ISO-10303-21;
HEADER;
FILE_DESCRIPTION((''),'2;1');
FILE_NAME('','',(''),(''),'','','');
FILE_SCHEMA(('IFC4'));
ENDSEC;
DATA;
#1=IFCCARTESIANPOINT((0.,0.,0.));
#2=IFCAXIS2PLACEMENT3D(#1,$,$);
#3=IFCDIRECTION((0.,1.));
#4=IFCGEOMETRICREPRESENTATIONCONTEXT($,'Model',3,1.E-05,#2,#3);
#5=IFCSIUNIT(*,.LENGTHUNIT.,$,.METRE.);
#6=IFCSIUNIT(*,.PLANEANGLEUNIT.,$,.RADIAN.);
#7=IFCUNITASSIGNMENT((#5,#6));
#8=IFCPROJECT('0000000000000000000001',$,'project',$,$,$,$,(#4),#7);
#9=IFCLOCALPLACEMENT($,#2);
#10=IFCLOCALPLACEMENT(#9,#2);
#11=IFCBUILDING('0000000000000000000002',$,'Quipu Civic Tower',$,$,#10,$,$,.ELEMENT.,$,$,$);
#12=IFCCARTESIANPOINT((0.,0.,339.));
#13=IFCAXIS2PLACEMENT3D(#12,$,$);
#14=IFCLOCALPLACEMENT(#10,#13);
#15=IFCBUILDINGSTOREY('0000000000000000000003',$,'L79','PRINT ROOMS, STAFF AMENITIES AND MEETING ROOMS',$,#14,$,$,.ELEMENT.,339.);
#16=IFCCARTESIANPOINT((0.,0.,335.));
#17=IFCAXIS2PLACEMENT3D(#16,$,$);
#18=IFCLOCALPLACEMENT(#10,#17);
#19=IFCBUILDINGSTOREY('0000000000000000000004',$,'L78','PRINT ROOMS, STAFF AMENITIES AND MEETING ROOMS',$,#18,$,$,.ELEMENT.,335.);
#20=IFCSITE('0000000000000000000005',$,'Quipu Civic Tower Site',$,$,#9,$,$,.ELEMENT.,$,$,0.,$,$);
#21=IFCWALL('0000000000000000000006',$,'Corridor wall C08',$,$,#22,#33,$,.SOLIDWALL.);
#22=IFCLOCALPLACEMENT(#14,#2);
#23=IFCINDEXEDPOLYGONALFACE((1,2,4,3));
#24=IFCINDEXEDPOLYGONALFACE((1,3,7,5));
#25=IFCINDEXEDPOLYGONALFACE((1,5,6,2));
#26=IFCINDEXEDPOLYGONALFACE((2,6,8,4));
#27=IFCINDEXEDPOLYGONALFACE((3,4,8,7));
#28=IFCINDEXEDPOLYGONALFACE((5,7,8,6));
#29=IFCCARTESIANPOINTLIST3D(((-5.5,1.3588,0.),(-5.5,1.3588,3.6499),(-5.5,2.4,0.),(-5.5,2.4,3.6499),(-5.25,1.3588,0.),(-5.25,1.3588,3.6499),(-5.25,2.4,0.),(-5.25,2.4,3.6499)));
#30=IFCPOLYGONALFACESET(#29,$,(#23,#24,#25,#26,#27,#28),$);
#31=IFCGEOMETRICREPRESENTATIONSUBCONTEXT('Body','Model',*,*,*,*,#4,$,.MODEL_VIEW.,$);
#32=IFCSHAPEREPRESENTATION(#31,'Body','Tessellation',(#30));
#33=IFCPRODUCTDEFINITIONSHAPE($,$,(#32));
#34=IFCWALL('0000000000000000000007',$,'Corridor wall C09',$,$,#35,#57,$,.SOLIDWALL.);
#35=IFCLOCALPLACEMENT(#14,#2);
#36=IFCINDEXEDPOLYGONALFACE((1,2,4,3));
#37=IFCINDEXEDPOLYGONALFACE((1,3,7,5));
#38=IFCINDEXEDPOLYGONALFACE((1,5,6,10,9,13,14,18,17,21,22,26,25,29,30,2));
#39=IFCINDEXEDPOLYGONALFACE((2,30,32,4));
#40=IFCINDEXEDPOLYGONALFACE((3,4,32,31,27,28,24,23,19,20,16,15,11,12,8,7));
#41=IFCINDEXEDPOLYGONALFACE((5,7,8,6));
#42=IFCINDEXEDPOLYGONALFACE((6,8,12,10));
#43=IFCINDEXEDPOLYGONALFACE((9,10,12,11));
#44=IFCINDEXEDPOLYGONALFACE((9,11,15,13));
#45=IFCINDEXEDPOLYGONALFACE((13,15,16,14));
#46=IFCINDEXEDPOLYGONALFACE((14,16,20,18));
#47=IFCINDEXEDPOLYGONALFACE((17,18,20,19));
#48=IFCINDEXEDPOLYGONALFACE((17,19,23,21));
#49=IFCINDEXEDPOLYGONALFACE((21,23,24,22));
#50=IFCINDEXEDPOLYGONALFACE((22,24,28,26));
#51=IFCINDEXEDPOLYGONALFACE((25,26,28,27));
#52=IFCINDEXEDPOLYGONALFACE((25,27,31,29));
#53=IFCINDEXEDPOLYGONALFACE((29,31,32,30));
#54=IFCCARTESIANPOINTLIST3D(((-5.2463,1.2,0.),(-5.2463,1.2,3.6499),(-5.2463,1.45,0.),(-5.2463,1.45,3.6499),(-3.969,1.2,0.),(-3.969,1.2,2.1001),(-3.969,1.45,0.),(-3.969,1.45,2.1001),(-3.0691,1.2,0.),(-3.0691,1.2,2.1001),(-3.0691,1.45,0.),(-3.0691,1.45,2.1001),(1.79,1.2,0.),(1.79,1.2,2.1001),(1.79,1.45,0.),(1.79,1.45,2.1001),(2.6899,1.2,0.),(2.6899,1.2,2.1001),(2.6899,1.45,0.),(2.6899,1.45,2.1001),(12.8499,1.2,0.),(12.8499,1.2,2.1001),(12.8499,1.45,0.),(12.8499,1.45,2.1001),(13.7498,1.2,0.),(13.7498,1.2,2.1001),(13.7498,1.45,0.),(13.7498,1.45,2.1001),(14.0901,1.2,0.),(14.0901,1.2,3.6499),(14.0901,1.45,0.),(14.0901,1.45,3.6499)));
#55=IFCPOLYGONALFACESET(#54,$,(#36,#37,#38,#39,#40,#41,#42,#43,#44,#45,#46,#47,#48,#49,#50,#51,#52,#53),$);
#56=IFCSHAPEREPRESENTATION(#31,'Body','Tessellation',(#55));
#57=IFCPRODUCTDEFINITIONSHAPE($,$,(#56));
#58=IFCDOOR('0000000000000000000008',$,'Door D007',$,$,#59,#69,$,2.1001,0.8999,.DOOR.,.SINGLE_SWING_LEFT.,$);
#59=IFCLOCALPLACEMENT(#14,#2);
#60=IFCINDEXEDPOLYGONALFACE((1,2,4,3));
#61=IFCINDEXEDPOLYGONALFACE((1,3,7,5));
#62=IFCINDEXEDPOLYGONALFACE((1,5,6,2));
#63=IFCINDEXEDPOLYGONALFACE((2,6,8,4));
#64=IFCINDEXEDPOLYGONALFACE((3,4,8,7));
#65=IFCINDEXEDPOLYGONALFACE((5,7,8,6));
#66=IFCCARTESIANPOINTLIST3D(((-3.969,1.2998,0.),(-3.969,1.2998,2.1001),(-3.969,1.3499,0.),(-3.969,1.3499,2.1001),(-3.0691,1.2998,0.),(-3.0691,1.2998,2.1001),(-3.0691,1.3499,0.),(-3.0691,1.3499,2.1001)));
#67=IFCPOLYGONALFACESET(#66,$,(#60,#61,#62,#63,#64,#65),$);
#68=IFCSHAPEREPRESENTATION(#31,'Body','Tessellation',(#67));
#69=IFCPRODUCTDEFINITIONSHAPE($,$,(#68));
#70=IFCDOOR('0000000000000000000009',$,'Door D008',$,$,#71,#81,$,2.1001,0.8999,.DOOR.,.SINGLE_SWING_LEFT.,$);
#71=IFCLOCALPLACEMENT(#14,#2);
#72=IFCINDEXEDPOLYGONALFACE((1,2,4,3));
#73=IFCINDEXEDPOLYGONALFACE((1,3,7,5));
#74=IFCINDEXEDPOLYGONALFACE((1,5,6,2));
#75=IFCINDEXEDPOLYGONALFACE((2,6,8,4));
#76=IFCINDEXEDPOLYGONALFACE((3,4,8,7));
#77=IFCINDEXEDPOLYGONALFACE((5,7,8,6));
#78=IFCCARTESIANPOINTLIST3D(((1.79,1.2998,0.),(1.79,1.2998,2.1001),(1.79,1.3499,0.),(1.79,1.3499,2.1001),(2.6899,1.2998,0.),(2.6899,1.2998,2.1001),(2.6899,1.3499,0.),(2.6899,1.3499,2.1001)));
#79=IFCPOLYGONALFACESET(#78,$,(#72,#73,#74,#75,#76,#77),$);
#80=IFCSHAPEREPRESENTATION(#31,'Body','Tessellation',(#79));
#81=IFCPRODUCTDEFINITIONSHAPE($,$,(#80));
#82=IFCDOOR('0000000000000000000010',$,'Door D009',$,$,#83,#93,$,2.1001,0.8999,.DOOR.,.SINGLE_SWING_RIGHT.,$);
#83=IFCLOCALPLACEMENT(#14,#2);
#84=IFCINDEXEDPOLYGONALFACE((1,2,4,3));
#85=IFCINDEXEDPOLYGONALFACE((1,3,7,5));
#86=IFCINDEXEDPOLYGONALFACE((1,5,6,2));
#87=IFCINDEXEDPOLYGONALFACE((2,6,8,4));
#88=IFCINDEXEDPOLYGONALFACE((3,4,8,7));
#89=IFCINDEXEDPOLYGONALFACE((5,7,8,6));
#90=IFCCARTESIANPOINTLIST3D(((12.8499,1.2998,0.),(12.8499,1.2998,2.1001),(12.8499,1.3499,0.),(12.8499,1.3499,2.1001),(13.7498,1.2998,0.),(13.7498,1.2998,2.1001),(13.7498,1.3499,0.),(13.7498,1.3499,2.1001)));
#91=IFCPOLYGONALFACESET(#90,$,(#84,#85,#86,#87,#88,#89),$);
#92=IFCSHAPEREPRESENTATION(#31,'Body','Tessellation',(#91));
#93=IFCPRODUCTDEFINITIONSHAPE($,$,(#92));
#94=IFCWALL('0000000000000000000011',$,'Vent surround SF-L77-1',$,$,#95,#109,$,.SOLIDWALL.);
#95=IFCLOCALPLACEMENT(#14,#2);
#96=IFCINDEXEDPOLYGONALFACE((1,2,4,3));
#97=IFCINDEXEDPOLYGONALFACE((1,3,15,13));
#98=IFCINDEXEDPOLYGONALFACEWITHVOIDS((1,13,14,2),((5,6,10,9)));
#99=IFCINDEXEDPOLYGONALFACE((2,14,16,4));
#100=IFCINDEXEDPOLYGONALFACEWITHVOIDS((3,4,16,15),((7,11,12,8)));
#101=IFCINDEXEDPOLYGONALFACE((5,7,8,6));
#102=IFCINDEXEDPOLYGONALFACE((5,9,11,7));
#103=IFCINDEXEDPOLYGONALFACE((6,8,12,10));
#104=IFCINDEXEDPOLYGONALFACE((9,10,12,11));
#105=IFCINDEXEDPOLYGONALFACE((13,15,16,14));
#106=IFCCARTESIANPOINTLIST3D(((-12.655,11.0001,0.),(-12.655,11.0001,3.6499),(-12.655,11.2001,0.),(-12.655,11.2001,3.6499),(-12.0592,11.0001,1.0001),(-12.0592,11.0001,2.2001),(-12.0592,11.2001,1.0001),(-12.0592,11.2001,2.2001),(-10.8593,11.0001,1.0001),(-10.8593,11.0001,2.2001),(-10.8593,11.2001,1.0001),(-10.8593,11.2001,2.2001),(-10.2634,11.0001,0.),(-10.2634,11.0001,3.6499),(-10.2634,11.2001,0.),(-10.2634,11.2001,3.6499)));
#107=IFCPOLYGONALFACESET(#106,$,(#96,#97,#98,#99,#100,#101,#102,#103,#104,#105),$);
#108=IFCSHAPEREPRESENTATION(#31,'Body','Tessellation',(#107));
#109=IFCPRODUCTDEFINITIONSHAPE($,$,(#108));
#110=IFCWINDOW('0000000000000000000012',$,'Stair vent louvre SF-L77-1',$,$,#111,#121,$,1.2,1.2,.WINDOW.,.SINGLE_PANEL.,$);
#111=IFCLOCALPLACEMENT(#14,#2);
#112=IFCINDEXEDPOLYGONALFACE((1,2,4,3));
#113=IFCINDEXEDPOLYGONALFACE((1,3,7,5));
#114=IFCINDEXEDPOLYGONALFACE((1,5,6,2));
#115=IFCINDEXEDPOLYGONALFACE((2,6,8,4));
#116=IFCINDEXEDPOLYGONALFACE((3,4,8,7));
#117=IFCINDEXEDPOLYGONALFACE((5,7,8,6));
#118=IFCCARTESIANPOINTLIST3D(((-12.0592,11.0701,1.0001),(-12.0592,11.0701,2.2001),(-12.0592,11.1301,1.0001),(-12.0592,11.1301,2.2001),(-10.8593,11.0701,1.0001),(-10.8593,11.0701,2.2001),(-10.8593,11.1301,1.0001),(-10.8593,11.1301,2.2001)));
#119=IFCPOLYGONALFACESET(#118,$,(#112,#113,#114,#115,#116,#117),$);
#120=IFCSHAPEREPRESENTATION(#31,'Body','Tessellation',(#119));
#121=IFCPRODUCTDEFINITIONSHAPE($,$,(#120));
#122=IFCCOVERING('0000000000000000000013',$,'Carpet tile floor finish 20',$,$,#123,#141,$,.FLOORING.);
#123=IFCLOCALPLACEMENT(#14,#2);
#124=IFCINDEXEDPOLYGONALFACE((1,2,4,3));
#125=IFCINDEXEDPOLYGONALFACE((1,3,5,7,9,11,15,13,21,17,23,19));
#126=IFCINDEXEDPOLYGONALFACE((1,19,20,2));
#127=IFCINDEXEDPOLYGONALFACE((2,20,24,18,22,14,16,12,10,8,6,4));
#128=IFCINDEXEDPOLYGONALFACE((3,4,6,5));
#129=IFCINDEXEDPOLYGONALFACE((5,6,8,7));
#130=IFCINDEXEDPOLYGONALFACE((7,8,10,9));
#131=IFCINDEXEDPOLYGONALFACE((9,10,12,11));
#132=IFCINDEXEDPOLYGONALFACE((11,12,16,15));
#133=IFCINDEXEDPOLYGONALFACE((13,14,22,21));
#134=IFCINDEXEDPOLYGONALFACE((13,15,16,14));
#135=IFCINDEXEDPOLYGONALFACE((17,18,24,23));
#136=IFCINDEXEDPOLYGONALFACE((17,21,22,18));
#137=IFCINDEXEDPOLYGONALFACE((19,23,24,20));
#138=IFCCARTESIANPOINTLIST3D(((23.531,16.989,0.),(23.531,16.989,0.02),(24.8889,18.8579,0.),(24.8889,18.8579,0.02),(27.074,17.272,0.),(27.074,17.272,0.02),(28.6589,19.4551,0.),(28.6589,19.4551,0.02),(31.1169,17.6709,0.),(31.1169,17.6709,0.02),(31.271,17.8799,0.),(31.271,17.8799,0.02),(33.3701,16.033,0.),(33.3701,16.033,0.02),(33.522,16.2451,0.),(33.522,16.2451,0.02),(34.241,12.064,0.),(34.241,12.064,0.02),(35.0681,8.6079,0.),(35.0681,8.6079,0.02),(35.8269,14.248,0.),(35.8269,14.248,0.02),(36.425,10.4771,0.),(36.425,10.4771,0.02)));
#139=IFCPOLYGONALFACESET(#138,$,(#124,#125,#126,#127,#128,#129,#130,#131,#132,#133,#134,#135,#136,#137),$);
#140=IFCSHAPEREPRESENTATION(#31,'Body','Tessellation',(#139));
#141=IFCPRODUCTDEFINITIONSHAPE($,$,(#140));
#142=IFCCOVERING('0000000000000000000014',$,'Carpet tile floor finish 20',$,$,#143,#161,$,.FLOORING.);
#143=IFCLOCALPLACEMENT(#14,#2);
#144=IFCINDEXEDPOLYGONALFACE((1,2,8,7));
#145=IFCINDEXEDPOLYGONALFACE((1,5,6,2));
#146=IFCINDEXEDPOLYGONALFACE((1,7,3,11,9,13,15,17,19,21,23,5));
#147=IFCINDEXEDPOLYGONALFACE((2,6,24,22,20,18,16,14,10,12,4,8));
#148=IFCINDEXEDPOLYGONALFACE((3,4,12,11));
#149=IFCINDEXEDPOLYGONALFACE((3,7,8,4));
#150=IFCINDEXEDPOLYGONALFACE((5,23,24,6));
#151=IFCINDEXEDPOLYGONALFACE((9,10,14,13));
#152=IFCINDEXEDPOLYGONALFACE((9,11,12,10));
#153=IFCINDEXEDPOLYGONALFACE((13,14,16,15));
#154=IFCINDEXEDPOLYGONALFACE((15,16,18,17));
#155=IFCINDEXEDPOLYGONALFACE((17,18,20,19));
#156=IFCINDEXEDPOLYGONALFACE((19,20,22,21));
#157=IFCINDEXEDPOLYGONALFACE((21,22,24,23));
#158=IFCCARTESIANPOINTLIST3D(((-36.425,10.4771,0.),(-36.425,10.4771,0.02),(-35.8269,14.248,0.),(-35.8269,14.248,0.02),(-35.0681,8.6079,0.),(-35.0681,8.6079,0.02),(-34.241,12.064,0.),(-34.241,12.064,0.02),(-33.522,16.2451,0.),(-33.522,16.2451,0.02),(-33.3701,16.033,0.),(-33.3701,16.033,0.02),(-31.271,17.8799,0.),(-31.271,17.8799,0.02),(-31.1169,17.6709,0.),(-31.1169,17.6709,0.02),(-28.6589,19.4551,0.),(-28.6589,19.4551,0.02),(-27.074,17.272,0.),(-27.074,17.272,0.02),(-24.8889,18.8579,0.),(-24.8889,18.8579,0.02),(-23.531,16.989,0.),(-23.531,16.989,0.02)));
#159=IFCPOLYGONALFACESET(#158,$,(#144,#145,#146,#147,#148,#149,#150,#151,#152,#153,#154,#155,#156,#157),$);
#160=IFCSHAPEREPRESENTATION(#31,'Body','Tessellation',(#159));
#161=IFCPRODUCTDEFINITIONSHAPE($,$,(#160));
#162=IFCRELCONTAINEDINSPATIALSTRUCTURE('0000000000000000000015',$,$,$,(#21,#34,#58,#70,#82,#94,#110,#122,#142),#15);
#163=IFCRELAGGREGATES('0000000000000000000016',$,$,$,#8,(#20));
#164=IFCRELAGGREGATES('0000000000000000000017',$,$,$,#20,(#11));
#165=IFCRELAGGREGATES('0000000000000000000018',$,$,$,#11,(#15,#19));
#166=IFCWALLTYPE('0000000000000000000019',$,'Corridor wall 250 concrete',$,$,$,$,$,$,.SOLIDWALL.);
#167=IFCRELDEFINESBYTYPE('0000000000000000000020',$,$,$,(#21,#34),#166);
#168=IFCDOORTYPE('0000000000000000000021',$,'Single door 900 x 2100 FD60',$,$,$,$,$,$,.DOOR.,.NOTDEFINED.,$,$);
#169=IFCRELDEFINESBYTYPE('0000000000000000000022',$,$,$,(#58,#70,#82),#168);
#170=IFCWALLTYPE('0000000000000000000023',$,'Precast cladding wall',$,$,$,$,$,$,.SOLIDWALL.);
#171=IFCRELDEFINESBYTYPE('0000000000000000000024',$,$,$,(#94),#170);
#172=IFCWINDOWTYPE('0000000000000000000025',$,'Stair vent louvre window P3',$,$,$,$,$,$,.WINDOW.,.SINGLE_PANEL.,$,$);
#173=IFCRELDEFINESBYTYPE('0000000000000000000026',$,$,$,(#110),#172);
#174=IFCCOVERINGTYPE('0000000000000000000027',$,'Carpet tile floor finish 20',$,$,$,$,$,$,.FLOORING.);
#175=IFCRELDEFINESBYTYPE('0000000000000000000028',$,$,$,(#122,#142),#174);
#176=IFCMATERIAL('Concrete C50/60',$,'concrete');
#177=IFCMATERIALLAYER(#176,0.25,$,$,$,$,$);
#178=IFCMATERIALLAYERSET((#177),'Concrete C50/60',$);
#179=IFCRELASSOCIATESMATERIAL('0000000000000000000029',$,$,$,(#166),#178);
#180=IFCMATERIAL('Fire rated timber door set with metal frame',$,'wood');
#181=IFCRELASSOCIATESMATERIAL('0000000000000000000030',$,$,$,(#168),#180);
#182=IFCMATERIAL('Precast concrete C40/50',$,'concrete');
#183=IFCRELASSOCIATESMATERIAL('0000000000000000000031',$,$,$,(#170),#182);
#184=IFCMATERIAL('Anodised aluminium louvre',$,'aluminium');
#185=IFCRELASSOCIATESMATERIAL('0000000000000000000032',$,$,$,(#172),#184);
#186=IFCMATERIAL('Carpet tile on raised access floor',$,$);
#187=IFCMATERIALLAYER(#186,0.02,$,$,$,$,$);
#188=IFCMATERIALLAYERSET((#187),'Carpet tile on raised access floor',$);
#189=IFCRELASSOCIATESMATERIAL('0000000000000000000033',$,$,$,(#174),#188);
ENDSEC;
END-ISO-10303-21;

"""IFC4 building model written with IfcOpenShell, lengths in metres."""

from ifc_helpers import new_model, si_unit, direction, frame, frame_2d, origin, place, context, subcontext, project, spatial, polyline, rectangle, outline, extrude, material, layer, layer_set, type_object, element, fill, save


model = new_model("IFC4")

# Units and contexts
model_context = context("Model", 3, precision=1e-05, world=origin(), true_north=direction((0.0, 1.0)))
body_context = subcontext(model_context, "Body", "Model", "MODEL_VIEW")
ifc_project = project(units=[si_unit("LENGTHUNIT", "METRE"), si_unit("PLANEANGLEUNIT", "RADIAN")], contexts=[model_context])

# Site, building, storey
site_placement = place(None, origin())
site = spatial("IfcSite", under=ifc_project, at=site_placement, Name="Quipu Civic Tower Site", CompositionType="ELEMENT", RefElevation=0.0)
building_placement = place(site_placement, origin())
building = spatial("IfcBuilding", under=site, at=building_placement, Name="Quipu Civic Tower", CompositionType="ELEMENT")
storey_1_placement = place(building_placement, frame((0.0, 0.0, 339.0)))
storey_1 = spatial("IfcBuildingStorey", under=building, at=storey_1_placement, Name="L79", Description="PRINT ROOMS, STAFF AMENITIES AND MEETING ROOMS", CompositionType="ELEMENT", Elevation=339.0)

# Shared definitions
storey_2_placement = place(building_placement, frame((0.0, 0.0, 335.0)))
storey_2 = spatial("IfcBuildingStorey", under=building, at=storey_2_placement, Name="L78", Description="PRINT ROOMS, STAFF AMENITIES AND MEETING ROOMS", CompositionType="ELEMENT", Elevation=335.0)

# Wall
ifc_material_1 = material(Name="Concrete C50/60", Category="concrete")
ifc_layer_1 = layer(ifc_material_1, 0.25)
ifc_layer_set_1 = layer_set([ifc_layer_1], Name="Concrete C50/60")
wall_type_1 = type_object("IfcWallType", Name="Corridor wall 250 concrete", PredefinedType="SOLIDWALL", material=ifc_layer_set_1)
wall_1_placement = place(storey_1_placement, frame((-5.375, 2.3999, 0.0), z_axis=(0.0, 0.0, 1.0), x_axis=(0.0, -1.0, 0.0)))
element("IfcWall", 1, at=wall_1_placement, inside=storey_1, type_object=wall_type_1, Name="Corridor wall C08", PredefinedType="SOLIDWALL", context=body_context, shape_type="SweptSolid", body=[
    extrude(rectangle(XDim=1.0413, YDim=0.25, at=frame_2d((0.5205, 0.0))), origin(), (0.0, 0.0, 1.0), 3.6499),
])

# Wall, openings, doors
wall_2_placement = place(storey_1_placement, frame((-5.2463, 1.325, 0.0), z_axis=(0.0, 0.0, 1.0), x_axis=(1.0, 0.0, 0.0)))
wall_2 = element("IfcWall", 2, at=wall_2_placement, inside=storey_1, type_object=wall_type_1, Name="Corridor wall C09", PredefinedType="SOLIDWALL", context=body_context, shape_type="SweptSolid", body=[
    extrude(rectangle(XDim=19.3364, YDim=0.25, at=frame_2d((9.6682, 0.0))), origin(), (0.0, 0.0, 1.0), 3.6499),
])
opening_1_placement = place(wall_2_placement, frame((1.2773, 0.0, 0.0)))
opening_1 = element("IfcOpeningElement", 3, at=opening_1_placement, cuts=wall_2, PredefinedType="OPENING", context=body_context, shape_type="SweptSolid", body=[
    extrude(rectangle(XDim=0.8999, YDim=2.1001, at=frame_2d((0.45, 1.05))), frame((0.0, 0.135, 0.0), z_axis=(0.0, -1.0, 0.0), x_axis=(1.0, 0.0, 0.0)), (0.0, 0.0, 1.0), 0.27),
])
opening_2_placement = place(wall_2_placement, frame((7.0364, 0.0, 0.0)))
opening_2 = element("IfcOpeningElement", 4, at=opening_2_placement, cuts=wall_2, PredefinedType="OPENING", context=body_context, shape_type="SweptSolid", body=[
    extrude(rectangle(XDim=0.8999, YDim=2.1001, at=frame_2d((0.45, 1.05))), frame((0.0, 0.135, 0.0), z_axis=(0.0, -1.0, 0.0), x_axis=(1.0, 0.0, 0.0)), (0.0, 0.0, 1.0), 0.27),
])
opening_3_placement = place(wall_2_placement, frame((18.0962, 0.0, 0.0)))
opening_3 = element("IfcOpeningElement", 5, at=opening_3_placement, cuts=wall_2, PredefinedType="OPENING", context=body_context, shape_type="SweptSolid", body=[
    extrude(rectangle(XDim=0.8999, YDim=2.1001, at=frame_2d((0.45, 1.05))), frame((0.0, 0.135, 0.0), z_axis=(0.0, -1.0, 0.0), x_axis=(1.0, 0.0, 0.0)), (0.0, 0.0, 1.0), 0.27),
])
ifc_material_2 = material(Name="Fire rated timber door set with metal frame", Category="wood")
door_type = type_object("IfcDoorType", Name="Single door 900 x 2100 FD60", OperationType="NOTDEFINED", PredefinedType="DOOR", material=ifc_material_2)
door_1_placement = place(opening_1_placement, origin())
door_1 = element("IfcDoor", 6, at=door_1_placement, inside=storey_1, type_object=door_type, Name="Door D007", OperationType="SINGLE_SWING_LEFT", OverallHeight=2.1001, OverallWidth=0.8999, PredefinedType="DOOR", context=body_context, shape_type="SweptSolid", body=[
    extrude(rectangle(XDim=0.8999, YDim=2.1001, at=frame_2d((0.45, 1.05))), frame((0.0, 0.0249, 0.0), z_axis=(0.0, -1.0, 0.0), x_axis=(1.0, 0.0, 0.0)), (0.0, 0.0, 1.0), 0.05),
])
fill(opening_1, door_1)
door_2_placement = place(opening_2_placement, origin())
door_2 = element("IfcDoor", 7, at=door_2_placement, inside=storey_1, type_object=door_type, Name="Door D008", OperationType="SINGLE_SWING_LEFT", OverallHeight=2.1001, OverallWidth=0.8999, PredefinedType="DOOR", context=body_context, shape_type="SweptSolid", body=[
    extrude(rectangle(XDim=0.8999, YDim=2.1001, at=frame_2d((0.45, 1.05))), frame((0.0, 0.0249, 0.0), z_axis=(0.0, -1.0, 0.0), x_axis=(1.0, 0.0, 0.0)), (0.0, 0.0, 1.0), 0.05),
])
fill(opening_2, door_2)
door_3_placement = place(opening_3_placement, origin())
door_3 = element("IfcDoor", 8, at=door_3_placement, inside=storey_1, type_object=door_type, Name="Door D009", OperationType="SINGLE_SWING_RIGHT", OverallHeight=2.1001, OverallWidth=0.8999, PredefinedType="DOOR", context=body_context, shape_type="SweptSolid", body=[
    extrude(rectangle(XDim=0.8999, YDim=2.1001, at=frame_2d((0.45, 1.05))), frame((0.0, 0.0249, 0.0), z_axis=(0.0, -1.0, 0.0), x_axis=(1.0, 0.0, 0.0)), (0.0, 0.0, 1.0), 0.05),
])
fill(opening_3, door_3)

# Wall, opening, window
ifc_material_3 = material(Name="Precast concrete C40/50", Category="concrete")
wall_type_2 = type_object("IfcWallType", Name="Precast cladding wall", PredefinedType="SOLIDWALL", material=ifc_material_3)
wall_3_placement = place(storey_1_placement, frame((-10.2634, 11.1001, 0.0), z_axis=(0.0, 0.0, 1.0), x_axis=(-1.0, 0.0, 0.0)))
wall_3 = element("IfcWall", 9, at=wall_3_placement, inside=storey_1, type_object=wall_type_2, Name="Vent surround SF-L77-1", PredefinedType="SOLIDWALL", context=body_context, shape_type="SweptSolid", body=[
    extrude(rectangle(XDim=2.3916, YDim=0.2, at=frame_2d((1.1958, 0.0))), origin(), (0.0, 0.0, 1.0), 3.6499),
])
opening_4_placement = place(wall_3_placement, frame((0.5957, 0.0, 1.0)))
opening_4 = element("IfcOpeningElement", 10, at=opening_4_placement, cuts=wall_3, PredefinedType="OPENING", context=body_context, shape_type="SweptSolid", body=[
    extrude(rectangle(XDim=1.2, YDim=1.2, at=frame_2d((0.6001, 0.6001))), frame((0.0, 0.1099, 0.0), z_axis=(0.0, -1.0, 0.0), x_axis=(1.0, 0.0, 0.0)), (0.0, 0.0, 1.0), 0.22),
])
ifc_material_4 = material(Name="Anodised aluminium louvre", Category="aluminium")
window_type = type_object("IfcWindowType", Name="Stair vent louvre window P3", PartitioningType="SINGLE_PANEL", PredefinedType="WINDOW", material=ifc_material_4)
window_placement = place(opening_4_placement, origin())
window = element("IfcWindow", 11, at=window_placement, inside=storey_1, type_object=window_type, Name="Stair vent louvre SF-L77-1", OverallHeight=1.2, OverallWidth=1.2, PartitioningType="SINGLE_PANEL", PredefinedType="WINDOW", context=body_context, shape_type="SweptSolid", body=[
    extrude(rectangle(XDim=1.2, YDim=1.2, at=frame_2d((0.6001, 0.6001))), frame((0.0, 0.03, 0.0), z_axis=(0.0, -1.0, 0.0), x_axis=(1.0, 0.0, 0.0)), (0.0, 0.0, 1.0), 0.0601),
])
fill(opening_4, window)

# Coverings
ifc_material_5 = material(Name="Carpet tile on raised access floor")
ifc_layer_2 = layer(ifc_material_5, 0.02)
ifc_layer_set_2 = layer_set([ifc_layer_2], Name="Carpet tile on raised access floor")
covering_type_1 = type_object("IfcCoveringType", Name="Carpet tile floor finish 20", PredefinedType="FLOORING", material=ifc_layer_set_2)
covering_1_placement = place(storey_1_placement, origin())
element("IfcCovering", 12, at=covering_1_placement, inside=storey_1, type_object=covering_type_1, Name="Carpet tile floor finish 20", PredefinedType="FLOORING", context=body_context, shape_type="SweptSolid", body=[
    extrude(outline(polyline([(23.531, 16.989), (24.8889, 18.8579), (27.074, 17.272), (28.6589, 19.4551), (31.1169, 17.6709), (31.271, 17.8799), (33.522, 16.2451), (33.3701, 16.033), (35.8269, 14.248), (34.241, 12.064), (36.425, 10.4771), (35.0681, 8.6079), (23.531, 16.989)])), origin(), (0.0, 0.0, 1.0), 0.02),
])
covering_2_placement = place(storey_1_placement, origin())
element("IfcCovering", 13, at=covering_2_placement, inside=storey_1, type_object=covering_type_1, Name="Carpet tile floor finish 20", PredefinedType="FLOORING", context=body_context, shape_type="SweptSolid", body=[
    extrude(outline(polyline([(-36.425, 10.4771), (-34.241, 12.064), (-35.8269, 14.248), (-33.3701, 16.033), (-33.522, 16.2451), (-31.271, 17.8799), (-31.1169, 17.6709), (-28.6589, 19.4551), (-27.074, 17.272), (-24.8889, 18.8579), (-23.531, 16.989), (-35.0681, 8.6079), (-36.425, 10.4771)])), origin(), (0.0, 0.0, 1.0), 0.02),
])

save(model, "model.ifc")
